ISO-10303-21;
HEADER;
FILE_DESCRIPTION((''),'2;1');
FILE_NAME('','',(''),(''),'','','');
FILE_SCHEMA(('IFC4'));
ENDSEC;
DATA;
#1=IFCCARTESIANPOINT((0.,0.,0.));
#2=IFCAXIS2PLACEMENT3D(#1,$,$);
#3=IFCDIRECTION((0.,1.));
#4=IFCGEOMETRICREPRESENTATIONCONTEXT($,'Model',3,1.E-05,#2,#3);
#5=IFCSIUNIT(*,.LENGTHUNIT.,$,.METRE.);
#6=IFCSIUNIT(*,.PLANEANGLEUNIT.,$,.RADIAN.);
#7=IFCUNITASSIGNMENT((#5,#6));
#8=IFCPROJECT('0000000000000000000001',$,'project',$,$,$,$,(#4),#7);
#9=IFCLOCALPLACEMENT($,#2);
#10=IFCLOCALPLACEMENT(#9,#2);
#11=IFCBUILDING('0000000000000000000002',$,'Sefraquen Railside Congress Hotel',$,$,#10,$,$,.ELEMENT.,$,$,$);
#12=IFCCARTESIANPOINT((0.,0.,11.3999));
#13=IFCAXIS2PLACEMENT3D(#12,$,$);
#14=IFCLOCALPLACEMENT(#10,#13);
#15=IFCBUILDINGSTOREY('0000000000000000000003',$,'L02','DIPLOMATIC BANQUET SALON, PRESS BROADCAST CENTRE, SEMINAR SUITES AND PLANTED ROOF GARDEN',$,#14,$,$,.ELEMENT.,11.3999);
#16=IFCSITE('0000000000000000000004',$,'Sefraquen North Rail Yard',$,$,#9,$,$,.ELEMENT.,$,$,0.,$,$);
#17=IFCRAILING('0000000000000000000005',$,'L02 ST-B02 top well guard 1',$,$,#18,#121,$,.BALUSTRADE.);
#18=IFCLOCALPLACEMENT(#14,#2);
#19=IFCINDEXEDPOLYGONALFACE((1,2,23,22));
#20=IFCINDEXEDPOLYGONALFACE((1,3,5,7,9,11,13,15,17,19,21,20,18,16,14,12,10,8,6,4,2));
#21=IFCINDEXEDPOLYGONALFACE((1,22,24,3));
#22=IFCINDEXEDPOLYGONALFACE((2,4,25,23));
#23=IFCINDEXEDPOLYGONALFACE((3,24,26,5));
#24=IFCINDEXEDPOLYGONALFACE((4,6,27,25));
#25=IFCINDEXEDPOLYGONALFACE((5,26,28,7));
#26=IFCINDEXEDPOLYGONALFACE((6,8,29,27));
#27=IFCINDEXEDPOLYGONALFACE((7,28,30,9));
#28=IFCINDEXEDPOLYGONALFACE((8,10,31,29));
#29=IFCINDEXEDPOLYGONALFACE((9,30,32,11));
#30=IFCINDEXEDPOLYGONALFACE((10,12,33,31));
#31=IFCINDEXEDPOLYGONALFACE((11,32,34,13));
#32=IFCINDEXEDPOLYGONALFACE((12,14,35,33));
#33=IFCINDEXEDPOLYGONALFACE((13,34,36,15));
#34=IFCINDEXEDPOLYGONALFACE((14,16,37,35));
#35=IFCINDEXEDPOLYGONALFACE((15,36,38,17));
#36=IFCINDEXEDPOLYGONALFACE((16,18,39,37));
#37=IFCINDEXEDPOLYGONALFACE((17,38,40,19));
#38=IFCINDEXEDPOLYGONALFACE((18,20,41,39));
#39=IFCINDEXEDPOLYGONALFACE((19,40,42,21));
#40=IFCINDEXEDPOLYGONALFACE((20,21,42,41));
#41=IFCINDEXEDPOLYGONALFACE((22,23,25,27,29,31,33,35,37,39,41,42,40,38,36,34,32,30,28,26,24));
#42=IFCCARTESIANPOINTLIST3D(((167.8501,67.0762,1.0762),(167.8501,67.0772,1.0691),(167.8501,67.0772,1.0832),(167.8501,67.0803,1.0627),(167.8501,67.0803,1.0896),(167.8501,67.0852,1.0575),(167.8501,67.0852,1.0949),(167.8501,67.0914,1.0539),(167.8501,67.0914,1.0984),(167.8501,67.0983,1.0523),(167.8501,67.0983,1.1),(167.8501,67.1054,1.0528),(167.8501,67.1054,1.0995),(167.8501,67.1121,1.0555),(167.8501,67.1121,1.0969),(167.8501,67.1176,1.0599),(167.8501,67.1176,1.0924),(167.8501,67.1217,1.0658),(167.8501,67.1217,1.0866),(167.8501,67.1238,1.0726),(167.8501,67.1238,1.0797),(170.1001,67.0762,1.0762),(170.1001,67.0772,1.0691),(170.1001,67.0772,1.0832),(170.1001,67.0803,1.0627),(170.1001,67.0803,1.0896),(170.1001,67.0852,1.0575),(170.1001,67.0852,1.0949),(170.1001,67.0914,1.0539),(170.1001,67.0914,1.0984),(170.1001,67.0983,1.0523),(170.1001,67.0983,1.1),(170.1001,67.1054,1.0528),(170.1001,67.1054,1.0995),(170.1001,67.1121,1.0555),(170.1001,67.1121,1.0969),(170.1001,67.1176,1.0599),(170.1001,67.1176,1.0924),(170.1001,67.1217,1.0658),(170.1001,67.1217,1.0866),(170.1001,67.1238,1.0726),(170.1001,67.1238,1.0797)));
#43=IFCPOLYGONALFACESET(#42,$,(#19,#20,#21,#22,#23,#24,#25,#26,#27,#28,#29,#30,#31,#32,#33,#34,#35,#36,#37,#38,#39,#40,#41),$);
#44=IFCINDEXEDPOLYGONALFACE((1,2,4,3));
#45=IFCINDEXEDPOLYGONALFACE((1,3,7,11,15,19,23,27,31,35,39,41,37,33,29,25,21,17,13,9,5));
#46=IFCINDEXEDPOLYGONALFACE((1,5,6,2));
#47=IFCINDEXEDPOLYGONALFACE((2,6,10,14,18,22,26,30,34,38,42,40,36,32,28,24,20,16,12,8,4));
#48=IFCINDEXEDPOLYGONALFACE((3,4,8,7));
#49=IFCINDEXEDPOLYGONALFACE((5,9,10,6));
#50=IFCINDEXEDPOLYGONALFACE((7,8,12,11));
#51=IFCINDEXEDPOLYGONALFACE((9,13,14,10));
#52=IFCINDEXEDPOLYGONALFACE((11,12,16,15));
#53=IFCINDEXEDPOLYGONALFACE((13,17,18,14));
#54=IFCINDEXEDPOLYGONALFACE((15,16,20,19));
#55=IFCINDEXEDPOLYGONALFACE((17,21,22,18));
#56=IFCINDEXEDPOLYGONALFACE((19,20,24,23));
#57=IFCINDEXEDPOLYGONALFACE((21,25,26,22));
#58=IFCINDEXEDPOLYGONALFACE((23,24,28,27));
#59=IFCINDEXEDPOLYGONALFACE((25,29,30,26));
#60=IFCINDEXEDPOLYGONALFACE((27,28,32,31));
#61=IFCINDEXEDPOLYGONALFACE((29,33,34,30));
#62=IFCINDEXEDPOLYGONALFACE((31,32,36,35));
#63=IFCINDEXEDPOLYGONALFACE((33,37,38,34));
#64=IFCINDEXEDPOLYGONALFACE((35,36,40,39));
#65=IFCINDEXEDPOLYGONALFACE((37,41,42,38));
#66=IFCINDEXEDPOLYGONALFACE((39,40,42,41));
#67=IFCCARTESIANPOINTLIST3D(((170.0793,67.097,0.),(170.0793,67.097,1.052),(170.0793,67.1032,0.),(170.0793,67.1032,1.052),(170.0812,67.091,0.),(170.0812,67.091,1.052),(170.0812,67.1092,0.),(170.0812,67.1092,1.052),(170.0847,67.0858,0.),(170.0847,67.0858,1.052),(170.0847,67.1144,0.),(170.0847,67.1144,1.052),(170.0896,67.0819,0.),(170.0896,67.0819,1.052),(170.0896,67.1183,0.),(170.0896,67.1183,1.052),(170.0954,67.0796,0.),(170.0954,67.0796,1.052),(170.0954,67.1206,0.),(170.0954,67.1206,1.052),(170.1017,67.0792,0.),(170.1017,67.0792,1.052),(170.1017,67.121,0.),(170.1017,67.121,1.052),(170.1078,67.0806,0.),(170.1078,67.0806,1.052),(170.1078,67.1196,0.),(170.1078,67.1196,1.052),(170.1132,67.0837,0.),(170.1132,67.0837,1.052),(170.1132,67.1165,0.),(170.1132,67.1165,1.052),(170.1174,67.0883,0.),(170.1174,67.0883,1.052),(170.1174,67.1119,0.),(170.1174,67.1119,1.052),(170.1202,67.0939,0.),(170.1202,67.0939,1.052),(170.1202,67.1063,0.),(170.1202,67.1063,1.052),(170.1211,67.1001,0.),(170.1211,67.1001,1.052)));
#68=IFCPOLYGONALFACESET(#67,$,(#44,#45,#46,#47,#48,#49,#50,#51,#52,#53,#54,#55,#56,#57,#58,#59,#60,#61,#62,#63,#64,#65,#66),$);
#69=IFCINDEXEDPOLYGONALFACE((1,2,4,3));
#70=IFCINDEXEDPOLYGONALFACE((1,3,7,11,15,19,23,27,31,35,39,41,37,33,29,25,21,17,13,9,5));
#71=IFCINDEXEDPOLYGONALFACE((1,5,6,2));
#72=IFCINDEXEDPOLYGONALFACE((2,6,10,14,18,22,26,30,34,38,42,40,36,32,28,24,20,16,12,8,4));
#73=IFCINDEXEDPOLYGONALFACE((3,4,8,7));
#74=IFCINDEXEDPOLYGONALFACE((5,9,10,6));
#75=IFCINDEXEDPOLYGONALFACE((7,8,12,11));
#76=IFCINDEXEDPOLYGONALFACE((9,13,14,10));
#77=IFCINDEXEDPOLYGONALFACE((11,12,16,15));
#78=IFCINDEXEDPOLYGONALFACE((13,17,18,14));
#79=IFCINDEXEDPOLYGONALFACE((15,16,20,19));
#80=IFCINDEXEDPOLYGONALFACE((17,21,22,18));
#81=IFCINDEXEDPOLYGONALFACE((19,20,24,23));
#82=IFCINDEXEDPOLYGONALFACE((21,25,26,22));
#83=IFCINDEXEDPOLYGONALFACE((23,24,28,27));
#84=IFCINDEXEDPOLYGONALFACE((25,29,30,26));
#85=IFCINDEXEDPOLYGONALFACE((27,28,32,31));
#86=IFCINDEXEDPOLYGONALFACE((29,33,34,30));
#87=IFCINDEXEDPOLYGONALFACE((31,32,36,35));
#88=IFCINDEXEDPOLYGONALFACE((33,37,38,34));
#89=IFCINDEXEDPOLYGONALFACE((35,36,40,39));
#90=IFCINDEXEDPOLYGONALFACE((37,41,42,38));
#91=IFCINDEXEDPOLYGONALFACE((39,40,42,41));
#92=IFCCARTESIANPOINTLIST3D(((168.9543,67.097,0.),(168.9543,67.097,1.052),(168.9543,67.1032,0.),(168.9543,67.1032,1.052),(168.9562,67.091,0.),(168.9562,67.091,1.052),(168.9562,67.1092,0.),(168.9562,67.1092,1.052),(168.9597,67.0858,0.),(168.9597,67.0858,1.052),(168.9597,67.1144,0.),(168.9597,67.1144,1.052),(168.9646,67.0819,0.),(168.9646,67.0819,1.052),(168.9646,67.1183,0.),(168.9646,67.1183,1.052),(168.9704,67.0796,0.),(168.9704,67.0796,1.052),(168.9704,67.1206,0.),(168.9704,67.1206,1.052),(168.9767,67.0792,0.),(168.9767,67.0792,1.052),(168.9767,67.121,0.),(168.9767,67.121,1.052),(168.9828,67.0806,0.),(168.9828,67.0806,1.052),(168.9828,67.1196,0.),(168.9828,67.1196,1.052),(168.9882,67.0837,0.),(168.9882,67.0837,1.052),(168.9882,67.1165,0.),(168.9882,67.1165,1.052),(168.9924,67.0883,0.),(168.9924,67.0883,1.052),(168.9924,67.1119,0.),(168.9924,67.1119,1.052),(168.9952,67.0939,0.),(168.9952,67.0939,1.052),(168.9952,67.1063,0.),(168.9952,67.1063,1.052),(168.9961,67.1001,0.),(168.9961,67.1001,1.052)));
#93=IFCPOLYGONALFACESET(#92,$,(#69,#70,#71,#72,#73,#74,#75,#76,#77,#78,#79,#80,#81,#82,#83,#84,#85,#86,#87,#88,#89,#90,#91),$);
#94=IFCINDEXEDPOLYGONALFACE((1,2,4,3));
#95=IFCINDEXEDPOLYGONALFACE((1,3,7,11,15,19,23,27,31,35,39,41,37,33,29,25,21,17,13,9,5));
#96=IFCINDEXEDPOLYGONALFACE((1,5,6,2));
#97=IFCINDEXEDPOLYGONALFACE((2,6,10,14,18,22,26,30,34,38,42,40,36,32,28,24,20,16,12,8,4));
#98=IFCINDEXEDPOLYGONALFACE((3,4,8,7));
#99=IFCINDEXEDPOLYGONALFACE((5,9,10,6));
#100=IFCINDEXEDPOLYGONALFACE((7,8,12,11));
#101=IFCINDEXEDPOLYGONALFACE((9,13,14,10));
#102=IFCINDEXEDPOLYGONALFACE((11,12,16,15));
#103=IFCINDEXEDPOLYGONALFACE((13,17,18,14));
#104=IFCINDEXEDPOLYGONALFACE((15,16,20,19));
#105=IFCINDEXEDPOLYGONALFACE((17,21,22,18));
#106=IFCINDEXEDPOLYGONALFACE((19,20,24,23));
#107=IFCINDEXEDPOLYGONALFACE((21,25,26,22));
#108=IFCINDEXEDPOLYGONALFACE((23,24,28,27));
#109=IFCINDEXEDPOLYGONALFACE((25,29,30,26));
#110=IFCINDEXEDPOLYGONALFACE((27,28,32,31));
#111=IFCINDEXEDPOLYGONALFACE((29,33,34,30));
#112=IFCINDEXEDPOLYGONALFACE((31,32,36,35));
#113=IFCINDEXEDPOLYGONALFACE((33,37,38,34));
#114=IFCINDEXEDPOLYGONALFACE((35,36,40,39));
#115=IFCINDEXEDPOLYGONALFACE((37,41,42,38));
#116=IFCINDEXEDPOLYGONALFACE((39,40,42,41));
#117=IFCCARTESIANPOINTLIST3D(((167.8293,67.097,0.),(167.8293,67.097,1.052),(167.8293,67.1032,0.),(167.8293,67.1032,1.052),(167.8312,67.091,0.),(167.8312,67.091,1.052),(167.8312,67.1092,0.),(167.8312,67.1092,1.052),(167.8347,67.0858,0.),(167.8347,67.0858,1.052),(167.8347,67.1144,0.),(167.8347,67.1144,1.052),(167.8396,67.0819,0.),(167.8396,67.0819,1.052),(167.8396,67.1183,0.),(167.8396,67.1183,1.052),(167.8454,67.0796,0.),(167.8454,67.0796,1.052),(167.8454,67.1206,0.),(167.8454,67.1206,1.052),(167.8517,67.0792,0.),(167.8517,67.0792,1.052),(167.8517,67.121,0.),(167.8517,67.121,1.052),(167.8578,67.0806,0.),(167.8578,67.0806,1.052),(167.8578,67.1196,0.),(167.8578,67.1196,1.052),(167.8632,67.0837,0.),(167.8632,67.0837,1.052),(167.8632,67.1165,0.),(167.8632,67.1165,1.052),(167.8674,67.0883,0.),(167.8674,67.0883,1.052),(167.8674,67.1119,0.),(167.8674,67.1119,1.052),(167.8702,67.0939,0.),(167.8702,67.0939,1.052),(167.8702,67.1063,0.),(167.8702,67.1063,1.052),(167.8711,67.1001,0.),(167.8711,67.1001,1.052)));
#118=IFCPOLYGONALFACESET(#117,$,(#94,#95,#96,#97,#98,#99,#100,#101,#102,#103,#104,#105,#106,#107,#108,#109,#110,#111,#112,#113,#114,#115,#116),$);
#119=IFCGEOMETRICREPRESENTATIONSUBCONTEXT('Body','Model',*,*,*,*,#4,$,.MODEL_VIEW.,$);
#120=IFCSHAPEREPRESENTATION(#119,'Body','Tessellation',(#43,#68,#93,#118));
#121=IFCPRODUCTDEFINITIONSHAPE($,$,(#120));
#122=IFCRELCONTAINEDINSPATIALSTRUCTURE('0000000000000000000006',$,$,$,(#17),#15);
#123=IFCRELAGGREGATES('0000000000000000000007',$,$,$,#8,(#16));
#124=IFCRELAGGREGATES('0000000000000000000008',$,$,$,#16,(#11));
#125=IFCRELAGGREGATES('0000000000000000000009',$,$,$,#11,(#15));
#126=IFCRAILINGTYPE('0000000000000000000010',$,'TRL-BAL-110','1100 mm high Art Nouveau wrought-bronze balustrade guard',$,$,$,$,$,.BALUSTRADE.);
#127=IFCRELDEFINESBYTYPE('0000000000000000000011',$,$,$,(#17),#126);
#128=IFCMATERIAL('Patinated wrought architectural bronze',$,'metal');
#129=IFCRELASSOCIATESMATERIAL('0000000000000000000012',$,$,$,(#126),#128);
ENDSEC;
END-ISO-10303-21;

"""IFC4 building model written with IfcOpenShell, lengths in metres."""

from ifc_helpers import new_model, si_unit, direction, frame, origin, origin_2d, place, context, subcontext, project, spatial, circle, extrude, material, type_object, element, save


model = new_model("IFC4")

# Units and contexts
model_context = context("Model", 3, precision=1e-05, world=origin(), true_north=direction((0.0, 1.0)))
body_context = subcontext(model_context, "Body", "Model", "MODEL_VIEW")
ifc_project = project(units=[si_unit("LENGTHUNIT", "METRE"), si_unit("PLANEANGLEUNIT", "RADIAN")], contexts=[model_context])

# Site, building, storey
site_placement = place(None, origin())
site = spatial("IfcSite", under=ifc_project, at=site_placement, Name="Sefraquen North Rail Yard", CompositionType="ELEMENT", RefElevation=0.0)
building_placement = place(site_placement, origin())
building = spatial("IfcBuilding", under=site, at=building_placement, Name="Sefraquen Railside Congress Hotel", CompositionType="ELEMENT")
storey_placement = place(building_placement, frame((0.0, 0.0, 11.3999)))
storey = spatial("IfcBuildingStorey", under=building, at=storey_placement, Name="L02", Description="DIPLOMATIC BANQUET SALON, PRESS BROADCAST CENTRE, SEMINAR SUITES AND PLANTED ROOF GARDEN", CompositionType="ELEMENT", Elevation=11.3999)

# Railing
ifc_material_1 = material(Name="Patinated wrought architectural bronze", Category="metal")
railing_type = type_object("IfcRailingType", Name="TRL-BAL-110", Description="1100 mm high Art Nouveau wrought-bronze balustrade guard", PredefinedType="BALUSTRADE", material=ifc_material_1)
railing_placement = place(storey_placement, frame((170.1001, 67.1001, 0.0)))
element("IfcRailing", 1, at=railing_placement, inside=storey, type_object=railing_type, Name="L02 ST-B02 top well guard 1", PredefinedType="BALUSTRADE", context=body_context, shape_type="SweptSolid", body=[
    extrude(circle(Radius=0.0239, at=origin_2d()), frame((0.0, 0.0, 1.0762), z_axis=(-1.0, 0.0, 0.0), x_axis=(0.0, -1.0, 0.0)), (0.0, 0.0, 1.0), 2.25),
    extrude(circle(Radius=0.021, at=origin_2d()), origin(), (0.0, 0.0, 1.0), 1.052),
    extrude(circle(Radius=0.021, at=origin_2d()), frame((-1.125, 0.0, 0.0)), (0.0, 0.0, 1.0), 1.052),
    extrude(circle(Radius=0.021, at=origin_2d()), frame((-2.25, 0.0, 0.0)), (0.0, 0.0, 1.0), 1.052),
])

save(model, "model.ifc")
